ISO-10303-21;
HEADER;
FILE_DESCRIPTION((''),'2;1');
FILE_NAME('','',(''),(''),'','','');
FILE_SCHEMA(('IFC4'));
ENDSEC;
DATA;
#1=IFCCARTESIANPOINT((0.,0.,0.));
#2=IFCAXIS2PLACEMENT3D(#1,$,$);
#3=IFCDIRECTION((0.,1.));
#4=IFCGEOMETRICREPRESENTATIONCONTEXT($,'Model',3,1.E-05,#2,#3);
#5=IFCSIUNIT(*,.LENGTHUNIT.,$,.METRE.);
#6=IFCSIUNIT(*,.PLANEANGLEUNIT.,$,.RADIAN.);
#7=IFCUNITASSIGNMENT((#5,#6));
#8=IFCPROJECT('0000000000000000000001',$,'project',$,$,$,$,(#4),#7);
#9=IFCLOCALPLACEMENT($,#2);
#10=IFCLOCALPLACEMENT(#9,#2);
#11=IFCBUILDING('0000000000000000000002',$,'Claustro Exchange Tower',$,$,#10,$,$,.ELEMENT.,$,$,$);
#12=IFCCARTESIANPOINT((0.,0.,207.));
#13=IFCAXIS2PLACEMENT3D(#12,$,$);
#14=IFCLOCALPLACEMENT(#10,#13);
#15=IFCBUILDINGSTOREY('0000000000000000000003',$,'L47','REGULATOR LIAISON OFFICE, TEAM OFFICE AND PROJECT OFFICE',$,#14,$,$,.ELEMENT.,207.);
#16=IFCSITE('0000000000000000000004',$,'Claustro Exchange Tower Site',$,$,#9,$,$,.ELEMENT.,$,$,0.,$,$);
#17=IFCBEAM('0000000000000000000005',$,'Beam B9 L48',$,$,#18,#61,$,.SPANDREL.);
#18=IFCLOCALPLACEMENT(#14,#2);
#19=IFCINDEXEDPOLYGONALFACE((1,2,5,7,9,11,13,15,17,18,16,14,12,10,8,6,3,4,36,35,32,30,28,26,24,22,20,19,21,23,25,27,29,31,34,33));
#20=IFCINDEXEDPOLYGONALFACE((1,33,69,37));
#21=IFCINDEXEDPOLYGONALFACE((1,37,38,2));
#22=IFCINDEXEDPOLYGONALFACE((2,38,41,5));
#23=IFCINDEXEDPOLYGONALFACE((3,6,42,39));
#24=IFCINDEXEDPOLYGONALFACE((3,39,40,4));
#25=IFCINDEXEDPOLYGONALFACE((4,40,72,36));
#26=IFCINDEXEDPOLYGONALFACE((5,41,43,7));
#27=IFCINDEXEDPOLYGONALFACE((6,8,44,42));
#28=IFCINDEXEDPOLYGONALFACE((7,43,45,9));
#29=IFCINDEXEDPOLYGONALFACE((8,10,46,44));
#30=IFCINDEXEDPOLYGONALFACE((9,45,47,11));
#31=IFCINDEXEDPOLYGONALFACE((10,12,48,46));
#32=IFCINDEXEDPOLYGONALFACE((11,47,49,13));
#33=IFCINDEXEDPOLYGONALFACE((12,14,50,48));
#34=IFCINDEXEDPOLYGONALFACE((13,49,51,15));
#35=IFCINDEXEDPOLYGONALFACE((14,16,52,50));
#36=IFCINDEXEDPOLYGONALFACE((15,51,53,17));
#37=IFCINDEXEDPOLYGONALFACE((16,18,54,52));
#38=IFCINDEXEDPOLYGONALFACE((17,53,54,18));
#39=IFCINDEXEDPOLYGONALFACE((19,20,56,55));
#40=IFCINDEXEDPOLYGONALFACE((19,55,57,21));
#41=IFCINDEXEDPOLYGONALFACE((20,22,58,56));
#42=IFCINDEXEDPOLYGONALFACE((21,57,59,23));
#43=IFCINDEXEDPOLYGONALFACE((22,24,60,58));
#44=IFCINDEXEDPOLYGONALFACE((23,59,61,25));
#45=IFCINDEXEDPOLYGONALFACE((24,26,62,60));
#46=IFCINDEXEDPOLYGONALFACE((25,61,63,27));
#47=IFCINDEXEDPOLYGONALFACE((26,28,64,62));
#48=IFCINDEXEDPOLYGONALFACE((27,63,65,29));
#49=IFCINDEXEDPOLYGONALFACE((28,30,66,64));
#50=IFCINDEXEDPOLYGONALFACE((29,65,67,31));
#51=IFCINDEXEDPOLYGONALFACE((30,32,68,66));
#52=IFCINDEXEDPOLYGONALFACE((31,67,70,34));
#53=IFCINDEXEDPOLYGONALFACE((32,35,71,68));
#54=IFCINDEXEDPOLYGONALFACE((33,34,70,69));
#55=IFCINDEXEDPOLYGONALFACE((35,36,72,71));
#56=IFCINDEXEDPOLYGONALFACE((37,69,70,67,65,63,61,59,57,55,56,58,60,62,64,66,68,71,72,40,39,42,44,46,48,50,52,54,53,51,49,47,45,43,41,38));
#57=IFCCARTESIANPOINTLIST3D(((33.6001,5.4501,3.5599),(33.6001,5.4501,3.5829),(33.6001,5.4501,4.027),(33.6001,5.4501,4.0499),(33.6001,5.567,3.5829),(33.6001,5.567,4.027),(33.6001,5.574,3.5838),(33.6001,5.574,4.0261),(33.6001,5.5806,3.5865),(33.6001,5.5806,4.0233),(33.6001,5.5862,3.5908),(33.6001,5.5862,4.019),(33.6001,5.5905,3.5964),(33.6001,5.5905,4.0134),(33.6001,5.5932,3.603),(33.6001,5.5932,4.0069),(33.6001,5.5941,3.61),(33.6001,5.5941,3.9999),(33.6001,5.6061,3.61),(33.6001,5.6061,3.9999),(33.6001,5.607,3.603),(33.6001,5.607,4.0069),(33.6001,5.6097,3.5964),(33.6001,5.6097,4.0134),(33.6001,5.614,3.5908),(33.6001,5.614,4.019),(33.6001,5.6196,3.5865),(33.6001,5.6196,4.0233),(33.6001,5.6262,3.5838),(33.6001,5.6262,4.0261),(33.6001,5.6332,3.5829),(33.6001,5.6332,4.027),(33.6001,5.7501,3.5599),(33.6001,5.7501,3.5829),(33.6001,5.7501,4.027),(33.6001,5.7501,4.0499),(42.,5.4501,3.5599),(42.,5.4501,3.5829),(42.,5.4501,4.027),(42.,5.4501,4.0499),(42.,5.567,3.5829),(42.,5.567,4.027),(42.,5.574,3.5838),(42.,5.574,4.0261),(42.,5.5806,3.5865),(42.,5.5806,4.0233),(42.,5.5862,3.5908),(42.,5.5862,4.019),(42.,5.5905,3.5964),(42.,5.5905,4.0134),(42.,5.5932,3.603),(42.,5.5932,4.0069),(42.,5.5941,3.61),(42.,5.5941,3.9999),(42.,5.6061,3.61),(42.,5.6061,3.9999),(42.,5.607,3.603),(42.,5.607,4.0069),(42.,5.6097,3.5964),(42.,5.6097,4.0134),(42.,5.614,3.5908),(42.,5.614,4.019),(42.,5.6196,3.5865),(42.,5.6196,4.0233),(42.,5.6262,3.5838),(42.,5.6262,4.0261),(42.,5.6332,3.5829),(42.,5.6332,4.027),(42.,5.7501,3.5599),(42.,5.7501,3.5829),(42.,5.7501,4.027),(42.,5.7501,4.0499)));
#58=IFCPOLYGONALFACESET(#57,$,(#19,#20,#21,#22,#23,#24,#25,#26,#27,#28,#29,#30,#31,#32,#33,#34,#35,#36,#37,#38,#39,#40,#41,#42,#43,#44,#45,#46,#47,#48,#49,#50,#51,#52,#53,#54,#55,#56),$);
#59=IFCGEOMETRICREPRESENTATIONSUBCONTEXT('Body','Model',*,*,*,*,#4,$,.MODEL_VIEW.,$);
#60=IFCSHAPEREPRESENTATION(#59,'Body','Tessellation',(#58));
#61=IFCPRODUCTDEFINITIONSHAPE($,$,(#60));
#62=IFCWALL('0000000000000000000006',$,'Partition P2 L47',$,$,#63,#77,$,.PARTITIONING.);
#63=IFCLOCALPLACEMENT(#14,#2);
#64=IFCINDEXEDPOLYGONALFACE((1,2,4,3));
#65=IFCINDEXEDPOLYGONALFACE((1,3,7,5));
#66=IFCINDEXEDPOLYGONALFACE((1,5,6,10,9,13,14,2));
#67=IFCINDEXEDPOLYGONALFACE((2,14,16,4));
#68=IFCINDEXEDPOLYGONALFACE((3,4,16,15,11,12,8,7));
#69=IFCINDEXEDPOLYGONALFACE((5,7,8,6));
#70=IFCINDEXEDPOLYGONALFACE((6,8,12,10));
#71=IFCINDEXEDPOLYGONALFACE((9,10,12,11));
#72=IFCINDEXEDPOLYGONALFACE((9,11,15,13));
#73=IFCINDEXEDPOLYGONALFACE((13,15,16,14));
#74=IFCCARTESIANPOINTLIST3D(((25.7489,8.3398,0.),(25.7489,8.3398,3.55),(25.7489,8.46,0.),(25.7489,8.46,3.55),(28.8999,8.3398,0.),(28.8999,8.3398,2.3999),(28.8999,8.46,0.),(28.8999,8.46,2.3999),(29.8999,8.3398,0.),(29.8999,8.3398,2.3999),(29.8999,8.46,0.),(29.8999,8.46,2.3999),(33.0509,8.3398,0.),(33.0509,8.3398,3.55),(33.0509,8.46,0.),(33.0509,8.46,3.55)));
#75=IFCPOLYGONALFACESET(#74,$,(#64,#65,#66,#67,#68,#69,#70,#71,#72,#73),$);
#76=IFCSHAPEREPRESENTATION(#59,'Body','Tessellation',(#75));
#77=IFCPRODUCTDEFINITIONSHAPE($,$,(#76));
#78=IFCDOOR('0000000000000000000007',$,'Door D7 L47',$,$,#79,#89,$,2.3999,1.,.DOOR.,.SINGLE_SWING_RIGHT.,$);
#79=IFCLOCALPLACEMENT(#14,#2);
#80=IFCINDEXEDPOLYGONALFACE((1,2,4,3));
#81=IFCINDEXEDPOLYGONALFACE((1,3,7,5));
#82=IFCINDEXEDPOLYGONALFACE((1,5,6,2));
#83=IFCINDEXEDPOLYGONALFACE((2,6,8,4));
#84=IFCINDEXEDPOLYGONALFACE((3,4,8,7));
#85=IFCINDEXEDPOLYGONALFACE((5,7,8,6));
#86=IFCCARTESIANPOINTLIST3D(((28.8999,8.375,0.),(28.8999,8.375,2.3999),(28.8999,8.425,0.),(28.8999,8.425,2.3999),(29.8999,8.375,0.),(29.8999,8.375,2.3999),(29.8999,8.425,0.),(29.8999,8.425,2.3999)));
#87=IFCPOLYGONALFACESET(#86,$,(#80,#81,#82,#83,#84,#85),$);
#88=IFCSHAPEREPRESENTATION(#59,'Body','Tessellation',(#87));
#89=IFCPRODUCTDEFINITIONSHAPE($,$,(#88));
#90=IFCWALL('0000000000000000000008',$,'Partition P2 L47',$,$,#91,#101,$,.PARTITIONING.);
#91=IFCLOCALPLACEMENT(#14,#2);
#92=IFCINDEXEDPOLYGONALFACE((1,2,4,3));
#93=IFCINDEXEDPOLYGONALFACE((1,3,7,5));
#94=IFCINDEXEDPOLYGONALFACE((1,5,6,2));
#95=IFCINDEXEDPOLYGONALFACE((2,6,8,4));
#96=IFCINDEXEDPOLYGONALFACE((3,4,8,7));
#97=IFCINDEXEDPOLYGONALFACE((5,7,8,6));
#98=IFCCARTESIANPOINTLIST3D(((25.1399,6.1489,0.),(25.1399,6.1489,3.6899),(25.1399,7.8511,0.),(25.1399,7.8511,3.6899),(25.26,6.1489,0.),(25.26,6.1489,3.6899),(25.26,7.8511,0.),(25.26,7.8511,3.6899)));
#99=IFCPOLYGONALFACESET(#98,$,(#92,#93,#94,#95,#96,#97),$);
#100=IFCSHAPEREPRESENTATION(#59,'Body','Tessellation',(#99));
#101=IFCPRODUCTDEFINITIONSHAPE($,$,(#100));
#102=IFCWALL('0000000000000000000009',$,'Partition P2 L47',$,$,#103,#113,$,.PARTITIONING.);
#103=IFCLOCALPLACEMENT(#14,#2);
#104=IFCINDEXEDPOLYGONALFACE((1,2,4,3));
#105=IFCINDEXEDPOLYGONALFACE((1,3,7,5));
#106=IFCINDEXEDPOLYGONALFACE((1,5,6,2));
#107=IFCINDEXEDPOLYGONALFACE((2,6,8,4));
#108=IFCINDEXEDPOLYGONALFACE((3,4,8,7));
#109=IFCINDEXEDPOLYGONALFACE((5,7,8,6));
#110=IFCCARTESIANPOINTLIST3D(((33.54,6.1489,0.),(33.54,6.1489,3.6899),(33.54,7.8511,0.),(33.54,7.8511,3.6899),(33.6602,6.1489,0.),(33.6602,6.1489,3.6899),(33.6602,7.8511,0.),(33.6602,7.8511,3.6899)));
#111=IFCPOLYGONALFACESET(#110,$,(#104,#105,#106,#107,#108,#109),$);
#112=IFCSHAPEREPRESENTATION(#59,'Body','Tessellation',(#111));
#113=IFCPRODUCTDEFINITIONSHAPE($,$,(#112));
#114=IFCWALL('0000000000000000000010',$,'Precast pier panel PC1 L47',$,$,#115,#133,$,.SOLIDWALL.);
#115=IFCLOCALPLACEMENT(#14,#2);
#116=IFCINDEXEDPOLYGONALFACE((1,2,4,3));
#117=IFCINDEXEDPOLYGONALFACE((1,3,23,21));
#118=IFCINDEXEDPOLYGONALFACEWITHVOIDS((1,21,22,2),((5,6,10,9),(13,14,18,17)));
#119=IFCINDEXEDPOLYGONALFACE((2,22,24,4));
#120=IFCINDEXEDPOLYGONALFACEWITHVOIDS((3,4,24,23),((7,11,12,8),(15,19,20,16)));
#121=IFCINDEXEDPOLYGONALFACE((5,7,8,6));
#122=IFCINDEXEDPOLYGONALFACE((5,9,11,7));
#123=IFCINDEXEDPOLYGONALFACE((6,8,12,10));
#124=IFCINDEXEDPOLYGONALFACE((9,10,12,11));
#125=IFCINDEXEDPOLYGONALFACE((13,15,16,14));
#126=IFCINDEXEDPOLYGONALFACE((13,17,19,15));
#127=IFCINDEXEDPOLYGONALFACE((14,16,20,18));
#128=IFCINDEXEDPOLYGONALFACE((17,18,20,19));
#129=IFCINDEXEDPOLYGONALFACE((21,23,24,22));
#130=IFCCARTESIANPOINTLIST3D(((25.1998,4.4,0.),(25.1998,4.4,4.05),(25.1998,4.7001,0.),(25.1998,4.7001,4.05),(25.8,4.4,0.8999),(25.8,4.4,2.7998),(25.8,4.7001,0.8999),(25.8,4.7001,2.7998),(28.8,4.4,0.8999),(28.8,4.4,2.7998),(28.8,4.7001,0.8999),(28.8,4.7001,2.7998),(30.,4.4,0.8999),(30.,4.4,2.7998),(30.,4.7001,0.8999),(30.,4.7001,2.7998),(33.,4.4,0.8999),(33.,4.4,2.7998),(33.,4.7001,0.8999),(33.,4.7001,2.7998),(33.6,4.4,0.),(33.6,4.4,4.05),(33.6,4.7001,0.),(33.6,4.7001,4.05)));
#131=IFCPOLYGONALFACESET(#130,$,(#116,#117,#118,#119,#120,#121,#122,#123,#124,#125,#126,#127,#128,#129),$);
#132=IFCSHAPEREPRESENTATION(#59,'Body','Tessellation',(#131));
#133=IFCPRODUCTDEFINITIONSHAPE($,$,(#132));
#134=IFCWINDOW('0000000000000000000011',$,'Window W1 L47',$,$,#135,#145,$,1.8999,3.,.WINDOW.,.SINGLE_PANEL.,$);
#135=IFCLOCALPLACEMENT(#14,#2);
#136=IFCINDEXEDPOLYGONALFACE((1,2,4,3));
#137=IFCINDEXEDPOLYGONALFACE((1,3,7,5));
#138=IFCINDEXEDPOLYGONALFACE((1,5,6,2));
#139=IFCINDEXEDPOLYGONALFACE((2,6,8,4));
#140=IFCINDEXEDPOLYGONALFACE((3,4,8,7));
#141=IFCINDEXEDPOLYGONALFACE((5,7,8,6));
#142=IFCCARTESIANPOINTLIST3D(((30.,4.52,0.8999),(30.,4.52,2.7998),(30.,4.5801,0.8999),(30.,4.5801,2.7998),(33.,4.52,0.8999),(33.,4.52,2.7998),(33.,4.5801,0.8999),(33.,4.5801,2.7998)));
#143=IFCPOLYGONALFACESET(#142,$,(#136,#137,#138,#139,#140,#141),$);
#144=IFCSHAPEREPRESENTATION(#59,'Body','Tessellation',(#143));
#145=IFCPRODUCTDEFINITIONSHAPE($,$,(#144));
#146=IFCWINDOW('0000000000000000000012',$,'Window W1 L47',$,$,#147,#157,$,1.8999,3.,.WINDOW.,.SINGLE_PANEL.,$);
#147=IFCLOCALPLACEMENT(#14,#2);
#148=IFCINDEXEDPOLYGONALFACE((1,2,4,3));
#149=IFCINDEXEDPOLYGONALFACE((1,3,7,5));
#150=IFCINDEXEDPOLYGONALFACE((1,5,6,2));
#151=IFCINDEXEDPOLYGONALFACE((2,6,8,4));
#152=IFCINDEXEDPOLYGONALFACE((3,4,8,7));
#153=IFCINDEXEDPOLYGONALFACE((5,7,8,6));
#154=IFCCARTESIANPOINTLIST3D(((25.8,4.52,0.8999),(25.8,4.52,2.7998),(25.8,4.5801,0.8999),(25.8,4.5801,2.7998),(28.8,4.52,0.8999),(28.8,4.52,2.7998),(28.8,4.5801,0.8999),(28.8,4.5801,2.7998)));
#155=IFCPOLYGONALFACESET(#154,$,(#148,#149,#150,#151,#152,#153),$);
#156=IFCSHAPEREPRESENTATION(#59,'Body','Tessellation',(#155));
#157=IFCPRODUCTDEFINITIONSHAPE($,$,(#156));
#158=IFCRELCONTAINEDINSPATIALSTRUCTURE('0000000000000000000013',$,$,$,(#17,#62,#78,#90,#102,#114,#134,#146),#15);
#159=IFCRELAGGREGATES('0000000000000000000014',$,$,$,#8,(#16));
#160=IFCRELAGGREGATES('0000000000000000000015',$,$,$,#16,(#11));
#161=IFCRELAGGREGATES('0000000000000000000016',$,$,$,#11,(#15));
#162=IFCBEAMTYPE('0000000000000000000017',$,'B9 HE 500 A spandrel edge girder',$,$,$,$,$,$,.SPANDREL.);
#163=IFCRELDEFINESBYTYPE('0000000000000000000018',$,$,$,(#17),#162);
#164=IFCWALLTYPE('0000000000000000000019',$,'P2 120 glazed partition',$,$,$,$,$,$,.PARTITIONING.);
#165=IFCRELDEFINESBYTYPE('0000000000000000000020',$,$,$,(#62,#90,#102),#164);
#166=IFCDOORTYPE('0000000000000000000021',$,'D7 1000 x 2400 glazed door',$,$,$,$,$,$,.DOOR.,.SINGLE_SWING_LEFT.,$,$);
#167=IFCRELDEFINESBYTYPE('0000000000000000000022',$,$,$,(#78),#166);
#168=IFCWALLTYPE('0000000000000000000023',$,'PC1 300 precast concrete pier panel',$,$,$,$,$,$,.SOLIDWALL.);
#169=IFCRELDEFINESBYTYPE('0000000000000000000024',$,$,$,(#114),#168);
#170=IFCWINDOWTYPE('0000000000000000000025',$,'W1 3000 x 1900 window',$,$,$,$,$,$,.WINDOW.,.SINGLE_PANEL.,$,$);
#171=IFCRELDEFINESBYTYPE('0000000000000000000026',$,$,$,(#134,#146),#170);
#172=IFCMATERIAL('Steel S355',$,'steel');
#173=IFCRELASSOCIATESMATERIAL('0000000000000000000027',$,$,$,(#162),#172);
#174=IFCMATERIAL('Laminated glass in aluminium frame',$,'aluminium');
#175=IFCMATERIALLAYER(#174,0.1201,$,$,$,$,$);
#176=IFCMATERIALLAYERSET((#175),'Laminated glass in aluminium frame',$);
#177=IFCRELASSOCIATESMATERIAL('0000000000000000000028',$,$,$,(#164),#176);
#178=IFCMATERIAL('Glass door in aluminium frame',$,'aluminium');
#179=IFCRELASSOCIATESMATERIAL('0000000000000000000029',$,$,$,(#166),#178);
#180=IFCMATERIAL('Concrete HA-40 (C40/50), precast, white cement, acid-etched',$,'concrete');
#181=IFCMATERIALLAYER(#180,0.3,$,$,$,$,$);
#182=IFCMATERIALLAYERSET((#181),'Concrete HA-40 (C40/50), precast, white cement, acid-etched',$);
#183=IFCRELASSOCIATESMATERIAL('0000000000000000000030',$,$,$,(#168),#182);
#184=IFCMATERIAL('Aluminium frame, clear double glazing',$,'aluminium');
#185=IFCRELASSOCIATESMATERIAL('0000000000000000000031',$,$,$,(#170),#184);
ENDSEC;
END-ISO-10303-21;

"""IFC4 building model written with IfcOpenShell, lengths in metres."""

from ifc_helpers import new_model, si_unit, direction, frame, frame_2d, origin, origin_2d, place, context, subcontext, project, spatial, rectangle, i_section, extrude, material, layer, layer_set, material_profile, profile_set, type_object, element, fill, save


model = new_model("IFC4")

# Units and contexts
model_context = context("Model", 3, precision=1e-05, world=origin(), true_north=direction((0.0, 1.0)))
body_context = subcontext(model_context, "Body", "Model", "MODEL_VIEW")
ifc_project = project(units=[si_unit("LENGTHUNIT", "METRE"), si_unit("PLANEANGLEUNIT", "RADIAN")], contexts=[model_context])

# Site, building, storey
site_placement = place(None, origin())
site = spatial("IfcSite", under=ifc_project, at=site_placement, Name="Claustro Exchange Tower Site", CompositionType="ELEMENT", RefElevation=0.0)
building_placement = place(site_placement, origin())
building = spatial("IfcBuilding", under=site, at=building_placement, Name="Claustro Exchange Tower", CompositionType="ELEMENT")
storey_placement = place(building_placement, frame((0.0, 0.0, 207.0)))
storey = spatial("IfcBuildingStorey", under=building, at=storey_placement, Name="L47", Description="REGULATOR LIAISON OFFICE, TEAM OFFICE AND PROJECT OFFICE", CompositionType="ELEMENT", Elevation=207.0)

# Beam
ifc_material_1 = material(Name="Steel S355", Category="steel")
ifc_material_profile_1 = material_profile(ifc_material_1, i_section(OverallWidth=0.3, OverallDepth=0.49, WebThickness=0.012, FlangeThickness=0.0229, FilletRadius=0.0271, at=origin_2d()), Name="HE 500 A")
ifc_profile_set_1 = profile_set([ifc_material_profile_1], Name="Steel S355")
beam_type_1 = type_object("IfcBeamType", Name="B9 HE 500 A spandrel edge girder", PredefinedType="SPANDREL", material=ifc_profile_set_1)
beam_1_placement = place(storey_placement, frame((33.6001, 5.6001, 3.8049), z_axis=(1.0, 0.0, 0.0), x_axis=(0.0, 1.0, 0.0)))
element("IfcBeam", 1, at=beam_1_placement, inside=storey, type_object=beam_type_1, Name="Beam B9 L48", PredefinedType="SPANDREL", context=body_context, shape_type="SweptSolid", body=[
    extrude(i_section(OverallWidth=0.3, OverallDepth=0.49, WebThickness=0.012, FlangeThickness=0.0229, FilletRadius=0.0271, at=origin_2d()), origin(), (0.0, 0.0, 1.0), 8.3999),
])

# Wall, opening, door
ifc_material_2 = material(Name="Laminated glass in aluminium frame", Category="aluminium")
ifc_layer_1 = layer(ifc_material_2, 0.1201)
ifc_layer_set_1 = layer_set([ifc_layer_1], Name="Laminated glass in aluminium frame")
wall_type_1 = type_object("IfcWallType", Name="P2 120 glazed partition", PredefinedType="PARTITIONING", material=ifc_layer_set_1)
wall_1_placement = place(storey_placement, frame((25.749, 8.3999, 0.0), z_axis=(0.0, 0.0, 1.0), x_axis=(1.0, 0.0, 0.0)))
wall_1 = element("IfcWall", 2, at=wall_1_placement, inside=storey, type_object=wall_type_1, Name="Partition P2 L47", PredefinedType="PARTITIONING", context=body_context, shape_type="SweptSolid", body=[
    extrude(rectangle(XDim=7.302, YDim=0.1201, at=frame_2d((3.6509, 0.0))), origin(), (0.0, 0.0, 1.0), 3.55),
])
opening_1_placement = place(wall_1_placement, frame((3.1509, 0.0, 0.0)))
opening_1 = element("IfcOpeningElement", 3, at=opening_1_placement, cuts=wall_1, PredefinedType="OPENING", context=body_context, shape_type="SweptSolid", body=[
    extrude(rectangle(XDim=1.0, YDim=2.3999, at=frame_2d((0.5, 1.2))), frame((0.0, 0.0701, 0.0), z_axis=(0.0, -1.0, 0.0), x_axis=(1.0, 0.0, 0.0)), (0.0, 0.0, 1.0), 0.1401),
])
ifc_material_3 = material(Name="Glass door in aluminium frame", Category="aluminium")
door_type = type_object("IfcDoorType", Name="D7 1000 x 2400 glazed door", OperationType="SINGLE_SWING_LEFT", PredefinedType="DOOR", material=ifc_material_3)
door_placement = place(opening_1_placement, frame((1.0, 0.0, 0.0), z_axis=(0.0, 0.0, 1.0), x_axis=(-1.0, 0.0, 0.0)))
door = element("IfcDoor", 4, at=door_placement, inside=storey, type_object=door_type, Name="Door D7 L47", OperationType="SINGLE_SWING_RIGHT", OverallHeight=2.3999, OverallWidth=1.0, PredefinedType="DOOR", context=body_context, shape_type="SweptSolid", body=[
    extrude(rectangle(XDim=1.0, YDim=2.3999, at=frame_2d((0.5, 1.2))), frame((0.0, 0.0249, 0.0), z_axis=(0.0, -1.0, 0.0), x_axis=(1.0, 0.0, 0.0)), (0.0, 0.0, 1.0), 0.05),
])
fill(opening_1, door)

# Walls
for number, where, z_axis, x_axis, name in (
    (5, (25.2, 6.1489, 0.0), (0.0, 0.0, 1.0), (0.0, 1.0, 0.0), "Partition P2 L47"),
    (6, (33.6001, 6.1489, 0.0), (0.0, 0.0, 1.0), (0.0, 1.0, 0.0), "Partition P2 L47"),
):
    element("IfcWall", number, at=place(storey_placement, frame(where, z_axis=z_axis, x_axis=x_axis)), inside=storey, type_object=wall_type_1, Name=name, PredefinedType="PARTITIONING", context=body_context, shape_type="SweptSolid", body=[
        extrude(rectangle(XDim=1.7021, YDim=0.1201, at=frame_2d((0.8511, 0.0))), origin(), (0.0, 0.0, 1.0), 3.6899),
    ])

# Wall, openings, windows
ifc_material_4 = material(Name="Concrete HA-40 (C40/50), precast, white cement, acid-etched", Category="concrete")
ifc_layer_2 = layer(ifc_material_4, 0.3)
ifc_layer_set_2 = layer_set([ifc_layer_2], Name="Concrete HA-40 (C40/50), precast, white cement, acid-etched")
wall_type_2 = type_object("IfcWallType", Name="PC1 300 precast concrete pier panel", PredefinedType="SOLIDWALL", material=ifc_layer_set_2)
wall_2_placement = place(storey_placement, frame((33.6001, 4.55, 0.0), z_axis=(0.0, 0.0, 1.0), x_axis=(-1.0, 0.0, 0.0)))
wall_2 = element("IfcWall", 7, at=wall_2_placement, inside=storey, type_object=wall_type_2, Name="Precast pier panel PC1 L47", PredefinedType="SOLIDWALL", context=body_context, shape_type="SweptSolid", body=[
    extrude(rectangle(XDim=8.4001, YDim=0.3, at=frame_2d((4.2002, 0.0))), origin(), (0.0, 0.0, 1.0), 4.05),
])
opening_2_placement = place(wall_2_placement, frame((0.6001, 0.0, 0.8999)))
opening_2 = element("IfcOpeningElement", 8, at=opening_2_placement, cuts=wall_2, PredefinedType="OPENING", context=body_context, shape_type="SweptSolid", body=[
    extrude(rectangle(XDim=3.0, YDim=1.8999, at=frame_2d((1.5, 0.95))), frame((0.0, 0.1599, 0.0), z_axis=(0.0, -1.0, 0.0), x_axis=(1.0, 0.0, 0.0)), (0.0, 0.0, 1.0), 0.3201),
])
opening_3_placement = place(wall_2_placement, frame((4.8, 0.0, 0.8999)))
opening_3 = element("IfcOpeningElement", 9, at=opening_3_placement, cuts=wall_2, PredefinedType="OPENING", context=body_context, shape_type="SweptSolid", body=[
    extrude(rectangle(XDim=3.0, YDim=1.8999, at=frame_2d((1.5, 0.95))), frame((0.0, 0.1599, 0.0), z_axis=(0.0, -1.0, 0.0), x_axis=(1.0, 0.0, 0.0)), (0.0, 0.0, 1.0), 0.3201),
])
ifc_material_5 = material(Name="Aluminium frame, clear double glazing", Category="aluminium")
window_type = type_object("IfcWindowType", Name="W1 3000 x 1900 window", PartitioningType="SINGLE_PANEL", PredefinedType="WINDOW", material=ifc_material_5)
window_1_placement = place(opening_2_placement, origin())
window_1 = element("IfcWindow", 10, at=window_1_placement, inside=storey, type_object=window_type, Name="Window W1 L47", OverallHeight=1.8999, OverallWidth=3.0, PartitioningType="SINGLE_PANEL", PredefinedType="WINDOW", context=body_context, shape_type="SweptSolid", body=[
    extrude(rectangle(XDim=3.0, YDim=1.8999, at=frame_2d((1.5, 0.95))), frame((0.0, 0.03, 0.0), z_axis=(0.0, -1.0, 0.0), x_axis=(1.0, 0.0, 0.0)), (0.0, 0.0, 1.0), 0.0601),
])
fill(opening_2, window_1)
window_2_placement = place(opening_3_placement, origin())
window_2 = element("IfcWindow", 11, at=window_2_placement, inside=storey, type_object=window_type, Name="Window W1 L47", OverallHeight=1.8999, OverallWidth=3.0, PartitioningType="SINGLE_PANEL", PredefinedType="WINDOW", context=body_context, shape_type="SweptSolid", body=[
    extrude(rectangle(XDim=3.0, YDim=1.8999, at=frame_2d((1.5, 0.95))), frame((0.0, 0.03, 0.0), z_axis=(0.0, -1.0, 0.0), x_axis=(1.0, 0.0, 0.0)), (0.0, 0.0, 1.0), 0.0601),
])
fill(opening_3, window_2)

save(model, "model.ifc")
